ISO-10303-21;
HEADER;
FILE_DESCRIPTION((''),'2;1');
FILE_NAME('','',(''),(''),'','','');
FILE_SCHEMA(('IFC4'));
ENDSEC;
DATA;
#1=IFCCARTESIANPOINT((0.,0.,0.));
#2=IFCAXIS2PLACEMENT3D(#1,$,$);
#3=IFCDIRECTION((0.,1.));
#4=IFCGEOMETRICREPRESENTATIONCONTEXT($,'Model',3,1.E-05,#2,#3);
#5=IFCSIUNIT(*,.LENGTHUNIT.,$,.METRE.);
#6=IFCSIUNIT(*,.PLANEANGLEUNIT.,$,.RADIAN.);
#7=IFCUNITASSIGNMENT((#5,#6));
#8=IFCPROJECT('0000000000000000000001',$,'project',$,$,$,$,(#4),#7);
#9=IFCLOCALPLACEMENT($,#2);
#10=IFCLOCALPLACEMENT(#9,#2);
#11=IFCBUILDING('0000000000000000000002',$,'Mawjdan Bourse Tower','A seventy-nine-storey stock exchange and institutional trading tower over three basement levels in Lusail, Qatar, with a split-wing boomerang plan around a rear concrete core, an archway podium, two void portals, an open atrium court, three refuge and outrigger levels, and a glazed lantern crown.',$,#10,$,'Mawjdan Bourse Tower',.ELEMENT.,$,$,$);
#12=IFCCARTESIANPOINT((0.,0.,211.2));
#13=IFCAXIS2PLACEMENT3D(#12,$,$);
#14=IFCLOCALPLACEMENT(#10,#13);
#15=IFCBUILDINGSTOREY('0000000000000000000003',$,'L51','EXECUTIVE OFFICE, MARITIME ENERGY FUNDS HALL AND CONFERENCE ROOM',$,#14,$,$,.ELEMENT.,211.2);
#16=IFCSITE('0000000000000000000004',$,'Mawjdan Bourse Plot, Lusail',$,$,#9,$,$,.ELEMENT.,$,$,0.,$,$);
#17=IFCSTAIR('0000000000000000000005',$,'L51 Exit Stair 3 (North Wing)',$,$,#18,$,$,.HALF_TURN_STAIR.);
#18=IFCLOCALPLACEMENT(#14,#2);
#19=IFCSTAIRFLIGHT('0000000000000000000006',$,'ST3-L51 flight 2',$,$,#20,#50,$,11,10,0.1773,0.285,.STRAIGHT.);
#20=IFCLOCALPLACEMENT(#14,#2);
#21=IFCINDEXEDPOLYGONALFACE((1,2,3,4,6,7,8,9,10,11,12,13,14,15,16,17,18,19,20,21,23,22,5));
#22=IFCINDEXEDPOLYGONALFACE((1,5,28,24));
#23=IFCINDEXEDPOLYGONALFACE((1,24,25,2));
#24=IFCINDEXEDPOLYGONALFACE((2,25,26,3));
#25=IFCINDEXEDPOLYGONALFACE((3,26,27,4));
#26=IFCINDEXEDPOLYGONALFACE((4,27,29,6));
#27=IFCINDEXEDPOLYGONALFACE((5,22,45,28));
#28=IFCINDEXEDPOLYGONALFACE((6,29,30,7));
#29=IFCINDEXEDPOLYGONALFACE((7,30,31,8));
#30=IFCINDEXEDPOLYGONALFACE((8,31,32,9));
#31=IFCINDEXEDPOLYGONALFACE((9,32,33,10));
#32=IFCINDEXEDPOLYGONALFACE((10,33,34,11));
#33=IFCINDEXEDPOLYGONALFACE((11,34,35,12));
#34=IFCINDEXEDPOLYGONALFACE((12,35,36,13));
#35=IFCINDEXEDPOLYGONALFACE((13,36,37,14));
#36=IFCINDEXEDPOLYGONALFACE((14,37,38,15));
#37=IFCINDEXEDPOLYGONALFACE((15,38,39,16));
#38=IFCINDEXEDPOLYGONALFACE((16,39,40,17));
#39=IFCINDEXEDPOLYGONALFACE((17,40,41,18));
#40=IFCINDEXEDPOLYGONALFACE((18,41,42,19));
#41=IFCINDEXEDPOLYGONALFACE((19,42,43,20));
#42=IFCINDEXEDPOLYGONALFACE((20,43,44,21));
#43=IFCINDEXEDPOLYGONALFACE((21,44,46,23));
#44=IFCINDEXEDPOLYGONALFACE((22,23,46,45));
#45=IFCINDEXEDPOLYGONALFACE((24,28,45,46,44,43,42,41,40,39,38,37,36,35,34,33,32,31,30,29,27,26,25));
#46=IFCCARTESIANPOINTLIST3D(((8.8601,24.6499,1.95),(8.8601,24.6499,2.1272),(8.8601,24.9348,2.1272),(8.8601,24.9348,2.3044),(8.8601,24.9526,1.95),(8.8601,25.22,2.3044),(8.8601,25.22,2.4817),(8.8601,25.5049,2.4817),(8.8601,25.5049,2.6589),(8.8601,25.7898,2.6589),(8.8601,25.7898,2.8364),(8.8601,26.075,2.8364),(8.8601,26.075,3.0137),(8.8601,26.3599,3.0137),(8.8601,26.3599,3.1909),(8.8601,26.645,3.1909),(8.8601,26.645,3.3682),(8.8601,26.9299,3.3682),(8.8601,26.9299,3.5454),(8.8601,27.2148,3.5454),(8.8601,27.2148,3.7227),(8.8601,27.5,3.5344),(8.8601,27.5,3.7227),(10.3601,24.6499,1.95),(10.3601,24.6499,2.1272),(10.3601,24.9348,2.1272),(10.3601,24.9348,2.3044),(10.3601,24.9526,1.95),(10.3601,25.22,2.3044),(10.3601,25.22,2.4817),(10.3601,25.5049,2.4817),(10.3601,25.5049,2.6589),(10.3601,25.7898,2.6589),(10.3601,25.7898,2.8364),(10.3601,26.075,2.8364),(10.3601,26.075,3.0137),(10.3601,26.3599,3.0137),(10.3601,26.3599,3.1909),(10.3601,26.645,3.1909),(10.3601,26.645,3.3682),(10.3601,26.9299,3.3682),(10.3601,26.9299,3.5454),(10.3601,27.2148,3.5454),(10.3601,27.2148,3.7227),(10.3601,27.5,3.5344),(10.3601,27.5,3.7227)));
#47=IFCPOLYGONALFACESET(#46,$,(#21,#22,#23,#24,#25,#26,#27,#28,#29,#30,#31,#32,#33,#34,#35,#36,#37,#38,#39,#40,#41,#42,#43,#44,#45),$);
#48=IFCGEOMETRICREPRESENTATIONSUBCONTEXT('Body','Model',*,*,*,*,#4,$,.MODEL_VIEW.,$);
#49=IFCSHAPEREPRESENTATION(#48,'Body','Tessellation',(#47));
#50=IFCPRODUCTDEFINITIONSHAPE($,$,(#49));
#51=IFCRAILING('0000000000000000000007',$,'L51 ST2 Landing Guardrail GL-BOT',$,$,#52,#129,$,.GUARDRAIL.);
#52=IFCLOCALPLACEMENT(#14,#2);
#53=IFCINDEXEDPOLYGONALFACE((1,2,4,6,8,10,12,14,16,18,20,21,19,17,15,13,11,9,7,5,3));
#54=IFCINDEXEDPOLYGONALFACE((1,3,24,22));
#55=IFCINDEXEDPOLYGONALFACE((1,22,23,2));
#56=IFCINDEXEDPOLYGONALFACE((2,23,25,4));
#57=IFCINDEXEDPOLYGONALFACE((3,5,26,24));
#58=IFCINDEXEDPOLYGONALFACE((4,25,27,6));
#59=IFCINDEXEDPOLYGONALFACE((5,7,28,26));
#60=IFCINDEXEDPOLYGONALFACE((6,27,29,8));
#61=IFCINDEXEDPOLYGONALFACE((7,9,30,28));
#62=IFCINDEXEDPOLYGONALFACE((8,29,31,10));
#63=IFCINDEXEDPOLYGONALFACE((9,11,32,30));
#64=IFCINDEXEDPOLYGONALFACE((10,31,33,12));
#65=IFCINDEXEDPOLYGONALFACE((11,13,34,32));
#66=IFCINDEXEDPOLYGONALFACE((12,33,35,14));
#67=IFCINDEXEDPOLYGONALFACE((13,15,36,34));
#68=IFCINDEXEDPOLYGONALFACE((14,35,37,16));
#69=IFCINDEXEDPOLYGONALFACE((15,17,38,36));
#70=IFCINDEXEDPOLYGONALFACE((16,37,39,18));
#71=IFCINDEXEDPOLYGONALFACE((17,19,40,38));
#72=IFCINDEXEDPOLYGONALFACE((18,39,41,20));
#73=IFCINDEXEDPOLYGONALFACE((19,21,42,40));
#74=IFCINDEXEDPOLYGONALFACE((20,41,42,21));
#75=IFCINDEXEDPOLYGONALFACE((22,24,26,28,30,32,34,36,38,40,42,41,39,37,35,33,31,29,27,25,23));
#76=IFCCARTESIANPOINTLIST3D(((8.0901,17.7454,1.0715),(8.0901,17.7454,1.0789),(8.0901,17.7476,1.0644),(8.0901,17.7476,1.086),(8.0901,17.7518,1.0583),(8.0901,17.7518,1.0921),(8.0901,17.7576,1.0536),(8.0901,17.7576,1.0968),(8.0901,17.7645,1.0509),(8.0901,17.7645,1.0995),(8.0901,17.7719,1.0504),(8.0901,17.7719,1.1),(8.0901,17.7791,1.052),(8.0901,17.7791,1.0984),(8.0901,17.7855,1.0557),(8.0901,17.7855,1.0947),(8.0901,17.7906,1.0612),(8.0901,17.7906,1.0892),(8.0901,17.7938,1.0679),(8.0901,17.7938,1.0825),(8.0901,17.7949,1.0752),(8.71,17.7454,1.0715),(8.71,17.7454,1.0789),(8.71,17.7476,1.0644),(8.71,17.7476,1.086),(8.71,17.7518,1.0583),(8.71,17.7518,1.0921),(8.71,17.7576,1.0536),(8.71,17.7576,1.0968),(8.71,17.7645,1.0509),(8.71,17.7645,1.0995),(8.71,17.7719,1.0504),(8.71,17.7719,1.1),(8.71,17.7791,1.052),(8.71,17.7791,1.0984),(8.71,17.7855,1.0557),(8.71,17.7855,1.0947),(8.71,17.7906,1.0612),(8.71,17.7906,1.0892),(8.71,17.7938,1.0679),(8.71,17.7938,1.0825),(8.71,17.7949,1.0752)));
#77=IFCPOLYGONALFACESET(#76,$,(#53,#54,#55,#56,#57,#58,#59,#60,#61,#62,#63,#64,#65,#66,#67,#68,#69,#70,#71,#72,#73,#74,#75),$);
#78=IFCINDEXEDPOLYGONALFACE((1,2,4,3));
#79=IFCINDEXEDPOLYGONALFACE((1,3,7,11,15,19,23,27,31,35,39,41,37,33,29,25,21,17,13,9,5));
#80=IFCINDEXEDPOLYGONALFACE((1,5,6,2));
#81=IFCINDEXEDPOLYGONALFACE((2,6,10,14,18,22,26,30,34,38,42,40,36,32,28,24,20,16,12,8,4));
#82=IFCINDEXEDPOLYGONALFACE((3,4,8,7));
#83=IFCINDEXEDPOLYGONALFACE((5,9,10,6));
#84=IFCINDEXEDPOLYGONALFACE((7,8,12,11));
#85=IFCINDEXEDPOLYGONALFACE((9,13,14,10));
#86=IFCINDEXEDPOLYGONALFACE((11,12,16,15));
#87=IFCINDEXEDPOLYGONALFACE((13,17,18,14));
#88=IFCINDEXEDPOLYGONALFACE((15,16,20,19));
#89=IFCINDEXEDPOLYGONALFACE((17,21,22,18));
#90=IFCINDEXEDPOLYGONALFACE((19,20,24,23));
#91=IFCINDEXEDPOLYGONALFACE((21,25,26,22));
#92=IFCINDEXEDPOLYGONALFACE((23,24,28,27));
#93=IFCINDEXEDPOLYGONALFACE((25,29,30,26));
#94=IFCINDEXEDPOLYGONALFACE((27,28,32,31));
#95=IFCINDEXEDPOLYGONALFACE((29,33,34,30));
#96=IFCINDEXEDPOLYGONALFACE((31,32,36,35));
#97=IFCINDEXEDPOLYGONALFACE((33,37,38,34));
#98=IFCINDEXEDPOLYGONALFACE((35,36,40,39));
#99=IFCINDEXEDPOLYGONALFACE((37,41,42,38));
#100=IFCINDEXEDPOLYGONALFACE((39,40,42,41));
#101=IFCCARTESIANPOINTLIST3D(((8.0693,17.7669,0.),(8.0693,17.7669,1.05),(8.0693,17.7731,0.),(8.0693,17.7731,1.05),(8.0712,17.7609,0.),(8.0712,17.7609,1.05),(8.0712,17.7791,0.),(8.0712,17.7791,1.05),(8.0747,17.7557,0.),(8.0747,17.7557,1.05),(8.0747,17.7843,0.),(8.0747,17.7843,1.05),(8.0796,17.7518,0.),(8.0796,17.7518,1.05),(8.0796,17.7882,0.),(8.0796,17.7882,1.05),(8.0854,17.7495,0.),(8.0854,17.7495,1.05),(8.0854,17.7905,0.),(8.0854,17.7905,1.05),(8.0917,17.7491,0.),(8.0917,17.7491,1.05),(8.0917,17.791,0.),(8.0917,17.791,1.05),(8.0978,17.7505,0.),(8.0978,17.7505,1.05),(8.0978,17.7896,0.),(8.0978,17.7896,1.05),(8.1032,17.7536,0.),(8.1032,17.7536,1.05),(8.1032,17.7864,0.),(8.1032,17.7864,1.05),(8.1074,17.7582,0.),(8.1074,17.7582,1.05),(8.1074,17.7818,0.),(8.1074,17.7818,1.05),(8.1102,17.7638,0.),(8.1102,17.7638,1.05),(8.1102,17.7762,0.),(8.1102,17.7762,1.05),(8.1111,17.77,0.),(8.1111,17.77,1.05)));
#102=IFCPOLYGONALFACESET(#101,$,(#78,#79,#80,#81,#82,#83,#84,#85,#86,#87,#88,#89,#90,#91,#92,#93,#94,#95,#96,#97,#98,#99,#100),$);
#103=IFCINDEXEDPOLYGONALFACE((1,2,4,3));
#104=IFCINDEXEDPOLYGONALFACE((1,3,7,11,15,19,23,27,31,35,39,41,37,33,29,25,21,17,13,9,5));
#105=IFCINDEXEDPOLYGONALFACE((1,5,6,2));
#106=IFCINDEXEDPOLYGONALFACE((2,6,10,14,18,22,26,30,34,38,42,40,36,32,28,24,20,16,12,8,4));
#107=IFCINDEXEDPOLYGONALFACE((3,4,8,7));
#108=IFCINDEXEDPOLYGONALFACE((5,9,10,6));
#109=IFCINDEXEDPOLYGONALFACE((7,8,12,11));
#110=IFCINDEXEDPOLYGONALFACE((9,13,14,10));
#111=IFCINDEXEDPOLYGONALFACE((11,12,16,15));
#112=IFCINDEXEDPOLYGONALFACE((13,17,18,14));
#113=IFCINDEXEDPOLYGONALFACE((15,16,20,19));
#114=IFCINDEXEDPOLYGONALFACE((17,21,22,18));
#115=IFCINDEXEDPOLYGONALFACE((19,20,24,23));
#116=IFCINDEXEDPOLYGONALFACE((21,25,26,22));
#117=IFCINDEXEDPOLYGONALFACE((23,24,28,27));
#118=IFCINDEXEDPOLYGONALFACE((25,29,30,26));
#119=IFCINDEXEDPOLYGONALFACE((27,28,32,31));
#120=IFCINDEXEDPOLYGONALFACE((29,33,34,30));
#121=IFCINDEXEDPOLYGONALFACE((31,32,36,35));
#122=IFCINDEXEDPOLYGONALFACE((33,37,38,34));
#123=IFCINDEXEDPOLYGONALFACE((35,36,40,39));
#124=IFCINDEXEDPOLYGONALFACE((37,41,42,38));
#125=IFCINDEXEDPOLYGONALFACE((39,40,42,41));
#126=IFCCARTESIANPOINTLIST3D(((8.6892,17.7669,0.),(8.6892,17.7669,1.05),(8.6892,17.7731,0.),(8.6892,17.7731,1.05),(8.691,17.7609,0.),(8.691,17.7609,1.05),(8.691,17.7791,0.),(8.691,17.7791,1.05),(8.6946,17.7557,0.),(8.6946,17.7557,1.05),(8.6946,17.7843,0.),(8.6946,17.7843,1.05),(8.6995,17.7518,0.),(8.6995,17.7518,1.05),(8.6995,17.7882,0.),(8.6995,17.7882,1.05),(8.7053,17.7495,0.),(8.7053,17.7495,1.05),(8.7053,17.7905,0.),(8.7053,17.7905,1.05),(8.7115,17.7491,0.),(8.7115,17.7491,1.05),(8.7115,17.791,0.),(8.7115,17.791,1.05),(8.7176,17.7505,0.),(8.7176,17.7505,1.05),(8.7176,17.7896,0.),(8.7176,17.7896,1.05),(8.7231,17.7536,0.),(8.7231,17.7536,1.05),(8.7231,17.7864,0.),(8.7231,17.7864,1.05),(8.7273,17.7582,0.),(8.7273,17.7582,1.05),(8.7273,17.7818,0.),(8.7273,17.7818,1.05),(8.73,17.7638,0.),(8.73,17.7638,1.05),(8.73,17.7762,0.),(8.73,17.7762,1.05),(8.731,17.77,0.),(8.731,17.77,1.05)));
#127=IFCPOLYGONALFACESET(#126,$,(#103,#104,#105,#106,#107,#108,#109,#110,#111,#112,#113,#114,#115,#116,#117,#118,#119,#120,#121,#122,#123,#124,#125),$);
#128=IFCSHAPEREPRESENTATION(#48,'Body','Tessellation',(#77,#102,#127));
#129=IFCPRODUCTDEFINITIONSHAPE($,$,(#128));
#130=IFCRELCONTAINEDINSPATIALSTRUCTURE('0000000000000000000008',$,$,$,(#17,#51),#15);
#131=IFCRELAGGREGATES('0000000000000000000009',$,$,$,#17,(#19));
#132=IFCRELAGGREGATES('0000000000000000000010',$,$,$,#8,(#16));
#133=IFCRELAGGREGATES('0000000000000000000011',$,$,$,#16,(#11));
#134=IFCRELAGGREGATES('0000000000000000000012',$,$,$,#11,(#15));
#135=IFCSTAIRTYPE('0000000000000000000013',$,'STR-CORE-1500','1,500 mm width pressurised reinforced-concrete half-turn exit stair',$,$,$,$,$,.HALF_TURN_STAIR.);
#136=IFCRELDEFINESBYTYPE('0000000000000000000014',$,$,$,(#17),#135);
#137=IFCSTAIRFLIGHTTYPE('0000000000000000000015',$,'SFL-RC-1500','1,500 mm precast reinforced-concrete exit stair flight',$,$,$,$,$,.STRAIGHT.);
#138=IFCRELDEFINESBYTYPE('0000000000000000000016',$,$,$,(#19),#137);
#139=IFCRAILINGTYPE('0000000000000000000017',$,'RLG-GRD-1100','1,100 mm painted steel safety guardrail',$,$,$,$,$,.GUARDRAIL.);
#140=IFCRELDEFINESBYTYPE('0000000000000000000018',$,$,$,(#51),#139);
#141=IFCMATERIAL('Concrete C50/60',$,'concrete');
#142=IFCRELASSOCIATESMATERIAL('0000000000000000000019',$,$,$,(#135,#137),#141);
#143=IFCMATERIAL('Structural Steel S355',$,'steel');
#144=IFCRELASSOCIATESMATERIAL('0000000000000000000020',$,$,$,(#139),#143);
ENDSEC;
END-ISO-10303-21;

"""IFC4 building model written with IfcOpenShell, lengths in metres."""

from ifc_helpers import new_model, si_unit, direction, frame, origin, origin_2d, place, context, subcontext, project, spatial, polyline, circle, outline, extrude, material, type_object, element, aggregate, save


model = new_model("IFC4")

# Units and contexts
model_context = context("Model", 3, precision=1e-05, world=origin(), true_north=direction((0.0, 1.0)))
body_context = subcontext(model_context, "Body", "Model", "MODEL_VIEW")
ifc_project = project(units=[si_unit("LENGTHUNIT", "METRE"), si_unit("PLANEANGLEUNIT", "RADIAN")], contexts=[model_context])

# Site, building, storey
site_placement = place(None, origin())
site = spatial("IfcSite", under=ifc_project, at=site_placement, Name="Mawjdan Bourse Plot, Lusail", CompositionType="ELEMENT", RefElevation=0.0)
building_placement = place(site_placement, origin())
building = spatial("IfcBuilding", under=site, at=building_placement, Name="Mawjdan Bourse Tower", Description="A seventy-nine-storey stock exchange and institutional trading tower over three basement levels in Lusail, Qatar, with a split-wing boomerang plan around a rear concrete core, an archway podium, two void portals, an open atrium court, three refuge and outrigger levels, and a glazed lantern crown.", LongName="Mawjdan Bourse Tower", CompositionType="ELEMENT")
storey_placement = place(building_placement, frame((0.0, 0.0, 211.2)))
storey = spatial("IfcBuildingStorey", under=building, at=storey_placement, Name="L51", Description="EXECUTIVE OFFICE, MARITIME ENERGY FUNDS HALL AND CONFERENCE ROOM", CompositionType="ELEMENT", Elevation=211.2)

# Shared definitions
ifc_material_1 = material(Name="Structural Steel S355", Category="steel")

# Shared definitions
ifc_material_2 = material(Name="Concrete C50/60", Category="concrete")

# Stair, stair flight
stair_type = type_object("IfcStairType", Name="STR-CORE-1500", Description="1,500 mm width pressurised reinforced-concrete half-turn exit stair", PredefinedType="HALF_TURN_STAIR", material=ifc_material_2)
stair_flight_type = type_object("IfcStairFlightType", Name="SFL-RC-1500", Description="1,500 mm precast reinforced-concrete exit stair flight", PredefinedType="STRAIGHT", material=ifc_material_2)
stair_1_placement = place(storey_placement, origin())
stair_1 = element("IfcStair", 1, at=stair_1_placement, inside=storey, type_object=stair_type, Name="L51 Exit Stair 3 (North Wing)", PredefinedType="HALF_TURN_STAIR")
stair_flight_1_placement = place(storey_placement, frame((9.6101, 24.6499, 1.95), z_axis=(0.0, 0.0, 1.0), x_axis=(0.0, 1.0, 0.0)))
stair_flight_1 = element("IfcStairFlight", 2, at=stair_flight_1_placement, type_object=stair_flight_type, Name="ST3-L51 flight 2", NumberOfRisers=11, NumberOfTreads=10, PredefinedType="STRAIGHT", RiserHeight=0.1773, TreadLength=0.285, context=body_context, shape_type="SweptSolid", body=[
    extrude(outline(polyline([(0.0, 0.0), (0.0, 0.1772), (0.2849, 0.1772), (0.2849, 0.3545), (0.5701, 0.3545), (0.5701, 0.5317), (0.855, 0.5317), (0.855, 0.709), (1.1399, 0.709), (1.1399, 0.8865), (1.425, 0.8865), (1.425, 1.0637), (1.71, 1.0637), (1.71, 1.241), (1.9951, 1.241), (1.9951, 1.4182), (2.28, 1.4182), (2.28, 1.5955), (2.5649, 1.5955), (2.5649, 1.7727), (2.8501, 1.7727), (2.8501, 1.95), (2.8501, 1.5845), (0.3027, 0.0), (0.0, 0.0)])), frame((0.0, 0.75, 0.0), z_axis=(0.0, -1.0, 0.0), x_axis=(1.0, 0.0, 0.0)), (0.0, 0.0, 1.0), 1.5),
])
aggregate(stair_1, [stair_flight_1])

# Railing
railing_type_1 = type_object("IfcRailingType", Name="RLG-GRD-1100", Description="1,100 mm painted steel safety guardrail", PredefinedType="GUARDRAIL", material=ifc_material_1)
railing_1_placement = place(storey_placement, frame((8.0901, 17.77, 0.0)))
element("IfcRailing", 3, at=railing_1_placement, inside=storey, type_object=railing_type_1, Name="L51 ST2 Landing Guardrail GL-BOT", PredefinedType="GUARDRAIL", context=body_context, shape_type="SweptSolid", body=[
    extrude(circle(Radius=0.0249, at=origin_2d()), frame((0.0, 0.0, 1.0752), z_axis=(1.0, 0.0, 0.0), x_axis=(0.0, 1.0, 0.0)), (0.0, 0.0, 1.0), 0.6199),
    extrude(circle(Radius=0.021, at=origin_2d()), origin(), (0.0, 0.0, 1.0), 1.05),
    extrude(circle(Radius=0.021, at=origin_2d()), frame((0.6199, 0.0, 0.0)), (0.0, 0.0, 1.0), 1.05),
])

save(model, "model.ifc")
